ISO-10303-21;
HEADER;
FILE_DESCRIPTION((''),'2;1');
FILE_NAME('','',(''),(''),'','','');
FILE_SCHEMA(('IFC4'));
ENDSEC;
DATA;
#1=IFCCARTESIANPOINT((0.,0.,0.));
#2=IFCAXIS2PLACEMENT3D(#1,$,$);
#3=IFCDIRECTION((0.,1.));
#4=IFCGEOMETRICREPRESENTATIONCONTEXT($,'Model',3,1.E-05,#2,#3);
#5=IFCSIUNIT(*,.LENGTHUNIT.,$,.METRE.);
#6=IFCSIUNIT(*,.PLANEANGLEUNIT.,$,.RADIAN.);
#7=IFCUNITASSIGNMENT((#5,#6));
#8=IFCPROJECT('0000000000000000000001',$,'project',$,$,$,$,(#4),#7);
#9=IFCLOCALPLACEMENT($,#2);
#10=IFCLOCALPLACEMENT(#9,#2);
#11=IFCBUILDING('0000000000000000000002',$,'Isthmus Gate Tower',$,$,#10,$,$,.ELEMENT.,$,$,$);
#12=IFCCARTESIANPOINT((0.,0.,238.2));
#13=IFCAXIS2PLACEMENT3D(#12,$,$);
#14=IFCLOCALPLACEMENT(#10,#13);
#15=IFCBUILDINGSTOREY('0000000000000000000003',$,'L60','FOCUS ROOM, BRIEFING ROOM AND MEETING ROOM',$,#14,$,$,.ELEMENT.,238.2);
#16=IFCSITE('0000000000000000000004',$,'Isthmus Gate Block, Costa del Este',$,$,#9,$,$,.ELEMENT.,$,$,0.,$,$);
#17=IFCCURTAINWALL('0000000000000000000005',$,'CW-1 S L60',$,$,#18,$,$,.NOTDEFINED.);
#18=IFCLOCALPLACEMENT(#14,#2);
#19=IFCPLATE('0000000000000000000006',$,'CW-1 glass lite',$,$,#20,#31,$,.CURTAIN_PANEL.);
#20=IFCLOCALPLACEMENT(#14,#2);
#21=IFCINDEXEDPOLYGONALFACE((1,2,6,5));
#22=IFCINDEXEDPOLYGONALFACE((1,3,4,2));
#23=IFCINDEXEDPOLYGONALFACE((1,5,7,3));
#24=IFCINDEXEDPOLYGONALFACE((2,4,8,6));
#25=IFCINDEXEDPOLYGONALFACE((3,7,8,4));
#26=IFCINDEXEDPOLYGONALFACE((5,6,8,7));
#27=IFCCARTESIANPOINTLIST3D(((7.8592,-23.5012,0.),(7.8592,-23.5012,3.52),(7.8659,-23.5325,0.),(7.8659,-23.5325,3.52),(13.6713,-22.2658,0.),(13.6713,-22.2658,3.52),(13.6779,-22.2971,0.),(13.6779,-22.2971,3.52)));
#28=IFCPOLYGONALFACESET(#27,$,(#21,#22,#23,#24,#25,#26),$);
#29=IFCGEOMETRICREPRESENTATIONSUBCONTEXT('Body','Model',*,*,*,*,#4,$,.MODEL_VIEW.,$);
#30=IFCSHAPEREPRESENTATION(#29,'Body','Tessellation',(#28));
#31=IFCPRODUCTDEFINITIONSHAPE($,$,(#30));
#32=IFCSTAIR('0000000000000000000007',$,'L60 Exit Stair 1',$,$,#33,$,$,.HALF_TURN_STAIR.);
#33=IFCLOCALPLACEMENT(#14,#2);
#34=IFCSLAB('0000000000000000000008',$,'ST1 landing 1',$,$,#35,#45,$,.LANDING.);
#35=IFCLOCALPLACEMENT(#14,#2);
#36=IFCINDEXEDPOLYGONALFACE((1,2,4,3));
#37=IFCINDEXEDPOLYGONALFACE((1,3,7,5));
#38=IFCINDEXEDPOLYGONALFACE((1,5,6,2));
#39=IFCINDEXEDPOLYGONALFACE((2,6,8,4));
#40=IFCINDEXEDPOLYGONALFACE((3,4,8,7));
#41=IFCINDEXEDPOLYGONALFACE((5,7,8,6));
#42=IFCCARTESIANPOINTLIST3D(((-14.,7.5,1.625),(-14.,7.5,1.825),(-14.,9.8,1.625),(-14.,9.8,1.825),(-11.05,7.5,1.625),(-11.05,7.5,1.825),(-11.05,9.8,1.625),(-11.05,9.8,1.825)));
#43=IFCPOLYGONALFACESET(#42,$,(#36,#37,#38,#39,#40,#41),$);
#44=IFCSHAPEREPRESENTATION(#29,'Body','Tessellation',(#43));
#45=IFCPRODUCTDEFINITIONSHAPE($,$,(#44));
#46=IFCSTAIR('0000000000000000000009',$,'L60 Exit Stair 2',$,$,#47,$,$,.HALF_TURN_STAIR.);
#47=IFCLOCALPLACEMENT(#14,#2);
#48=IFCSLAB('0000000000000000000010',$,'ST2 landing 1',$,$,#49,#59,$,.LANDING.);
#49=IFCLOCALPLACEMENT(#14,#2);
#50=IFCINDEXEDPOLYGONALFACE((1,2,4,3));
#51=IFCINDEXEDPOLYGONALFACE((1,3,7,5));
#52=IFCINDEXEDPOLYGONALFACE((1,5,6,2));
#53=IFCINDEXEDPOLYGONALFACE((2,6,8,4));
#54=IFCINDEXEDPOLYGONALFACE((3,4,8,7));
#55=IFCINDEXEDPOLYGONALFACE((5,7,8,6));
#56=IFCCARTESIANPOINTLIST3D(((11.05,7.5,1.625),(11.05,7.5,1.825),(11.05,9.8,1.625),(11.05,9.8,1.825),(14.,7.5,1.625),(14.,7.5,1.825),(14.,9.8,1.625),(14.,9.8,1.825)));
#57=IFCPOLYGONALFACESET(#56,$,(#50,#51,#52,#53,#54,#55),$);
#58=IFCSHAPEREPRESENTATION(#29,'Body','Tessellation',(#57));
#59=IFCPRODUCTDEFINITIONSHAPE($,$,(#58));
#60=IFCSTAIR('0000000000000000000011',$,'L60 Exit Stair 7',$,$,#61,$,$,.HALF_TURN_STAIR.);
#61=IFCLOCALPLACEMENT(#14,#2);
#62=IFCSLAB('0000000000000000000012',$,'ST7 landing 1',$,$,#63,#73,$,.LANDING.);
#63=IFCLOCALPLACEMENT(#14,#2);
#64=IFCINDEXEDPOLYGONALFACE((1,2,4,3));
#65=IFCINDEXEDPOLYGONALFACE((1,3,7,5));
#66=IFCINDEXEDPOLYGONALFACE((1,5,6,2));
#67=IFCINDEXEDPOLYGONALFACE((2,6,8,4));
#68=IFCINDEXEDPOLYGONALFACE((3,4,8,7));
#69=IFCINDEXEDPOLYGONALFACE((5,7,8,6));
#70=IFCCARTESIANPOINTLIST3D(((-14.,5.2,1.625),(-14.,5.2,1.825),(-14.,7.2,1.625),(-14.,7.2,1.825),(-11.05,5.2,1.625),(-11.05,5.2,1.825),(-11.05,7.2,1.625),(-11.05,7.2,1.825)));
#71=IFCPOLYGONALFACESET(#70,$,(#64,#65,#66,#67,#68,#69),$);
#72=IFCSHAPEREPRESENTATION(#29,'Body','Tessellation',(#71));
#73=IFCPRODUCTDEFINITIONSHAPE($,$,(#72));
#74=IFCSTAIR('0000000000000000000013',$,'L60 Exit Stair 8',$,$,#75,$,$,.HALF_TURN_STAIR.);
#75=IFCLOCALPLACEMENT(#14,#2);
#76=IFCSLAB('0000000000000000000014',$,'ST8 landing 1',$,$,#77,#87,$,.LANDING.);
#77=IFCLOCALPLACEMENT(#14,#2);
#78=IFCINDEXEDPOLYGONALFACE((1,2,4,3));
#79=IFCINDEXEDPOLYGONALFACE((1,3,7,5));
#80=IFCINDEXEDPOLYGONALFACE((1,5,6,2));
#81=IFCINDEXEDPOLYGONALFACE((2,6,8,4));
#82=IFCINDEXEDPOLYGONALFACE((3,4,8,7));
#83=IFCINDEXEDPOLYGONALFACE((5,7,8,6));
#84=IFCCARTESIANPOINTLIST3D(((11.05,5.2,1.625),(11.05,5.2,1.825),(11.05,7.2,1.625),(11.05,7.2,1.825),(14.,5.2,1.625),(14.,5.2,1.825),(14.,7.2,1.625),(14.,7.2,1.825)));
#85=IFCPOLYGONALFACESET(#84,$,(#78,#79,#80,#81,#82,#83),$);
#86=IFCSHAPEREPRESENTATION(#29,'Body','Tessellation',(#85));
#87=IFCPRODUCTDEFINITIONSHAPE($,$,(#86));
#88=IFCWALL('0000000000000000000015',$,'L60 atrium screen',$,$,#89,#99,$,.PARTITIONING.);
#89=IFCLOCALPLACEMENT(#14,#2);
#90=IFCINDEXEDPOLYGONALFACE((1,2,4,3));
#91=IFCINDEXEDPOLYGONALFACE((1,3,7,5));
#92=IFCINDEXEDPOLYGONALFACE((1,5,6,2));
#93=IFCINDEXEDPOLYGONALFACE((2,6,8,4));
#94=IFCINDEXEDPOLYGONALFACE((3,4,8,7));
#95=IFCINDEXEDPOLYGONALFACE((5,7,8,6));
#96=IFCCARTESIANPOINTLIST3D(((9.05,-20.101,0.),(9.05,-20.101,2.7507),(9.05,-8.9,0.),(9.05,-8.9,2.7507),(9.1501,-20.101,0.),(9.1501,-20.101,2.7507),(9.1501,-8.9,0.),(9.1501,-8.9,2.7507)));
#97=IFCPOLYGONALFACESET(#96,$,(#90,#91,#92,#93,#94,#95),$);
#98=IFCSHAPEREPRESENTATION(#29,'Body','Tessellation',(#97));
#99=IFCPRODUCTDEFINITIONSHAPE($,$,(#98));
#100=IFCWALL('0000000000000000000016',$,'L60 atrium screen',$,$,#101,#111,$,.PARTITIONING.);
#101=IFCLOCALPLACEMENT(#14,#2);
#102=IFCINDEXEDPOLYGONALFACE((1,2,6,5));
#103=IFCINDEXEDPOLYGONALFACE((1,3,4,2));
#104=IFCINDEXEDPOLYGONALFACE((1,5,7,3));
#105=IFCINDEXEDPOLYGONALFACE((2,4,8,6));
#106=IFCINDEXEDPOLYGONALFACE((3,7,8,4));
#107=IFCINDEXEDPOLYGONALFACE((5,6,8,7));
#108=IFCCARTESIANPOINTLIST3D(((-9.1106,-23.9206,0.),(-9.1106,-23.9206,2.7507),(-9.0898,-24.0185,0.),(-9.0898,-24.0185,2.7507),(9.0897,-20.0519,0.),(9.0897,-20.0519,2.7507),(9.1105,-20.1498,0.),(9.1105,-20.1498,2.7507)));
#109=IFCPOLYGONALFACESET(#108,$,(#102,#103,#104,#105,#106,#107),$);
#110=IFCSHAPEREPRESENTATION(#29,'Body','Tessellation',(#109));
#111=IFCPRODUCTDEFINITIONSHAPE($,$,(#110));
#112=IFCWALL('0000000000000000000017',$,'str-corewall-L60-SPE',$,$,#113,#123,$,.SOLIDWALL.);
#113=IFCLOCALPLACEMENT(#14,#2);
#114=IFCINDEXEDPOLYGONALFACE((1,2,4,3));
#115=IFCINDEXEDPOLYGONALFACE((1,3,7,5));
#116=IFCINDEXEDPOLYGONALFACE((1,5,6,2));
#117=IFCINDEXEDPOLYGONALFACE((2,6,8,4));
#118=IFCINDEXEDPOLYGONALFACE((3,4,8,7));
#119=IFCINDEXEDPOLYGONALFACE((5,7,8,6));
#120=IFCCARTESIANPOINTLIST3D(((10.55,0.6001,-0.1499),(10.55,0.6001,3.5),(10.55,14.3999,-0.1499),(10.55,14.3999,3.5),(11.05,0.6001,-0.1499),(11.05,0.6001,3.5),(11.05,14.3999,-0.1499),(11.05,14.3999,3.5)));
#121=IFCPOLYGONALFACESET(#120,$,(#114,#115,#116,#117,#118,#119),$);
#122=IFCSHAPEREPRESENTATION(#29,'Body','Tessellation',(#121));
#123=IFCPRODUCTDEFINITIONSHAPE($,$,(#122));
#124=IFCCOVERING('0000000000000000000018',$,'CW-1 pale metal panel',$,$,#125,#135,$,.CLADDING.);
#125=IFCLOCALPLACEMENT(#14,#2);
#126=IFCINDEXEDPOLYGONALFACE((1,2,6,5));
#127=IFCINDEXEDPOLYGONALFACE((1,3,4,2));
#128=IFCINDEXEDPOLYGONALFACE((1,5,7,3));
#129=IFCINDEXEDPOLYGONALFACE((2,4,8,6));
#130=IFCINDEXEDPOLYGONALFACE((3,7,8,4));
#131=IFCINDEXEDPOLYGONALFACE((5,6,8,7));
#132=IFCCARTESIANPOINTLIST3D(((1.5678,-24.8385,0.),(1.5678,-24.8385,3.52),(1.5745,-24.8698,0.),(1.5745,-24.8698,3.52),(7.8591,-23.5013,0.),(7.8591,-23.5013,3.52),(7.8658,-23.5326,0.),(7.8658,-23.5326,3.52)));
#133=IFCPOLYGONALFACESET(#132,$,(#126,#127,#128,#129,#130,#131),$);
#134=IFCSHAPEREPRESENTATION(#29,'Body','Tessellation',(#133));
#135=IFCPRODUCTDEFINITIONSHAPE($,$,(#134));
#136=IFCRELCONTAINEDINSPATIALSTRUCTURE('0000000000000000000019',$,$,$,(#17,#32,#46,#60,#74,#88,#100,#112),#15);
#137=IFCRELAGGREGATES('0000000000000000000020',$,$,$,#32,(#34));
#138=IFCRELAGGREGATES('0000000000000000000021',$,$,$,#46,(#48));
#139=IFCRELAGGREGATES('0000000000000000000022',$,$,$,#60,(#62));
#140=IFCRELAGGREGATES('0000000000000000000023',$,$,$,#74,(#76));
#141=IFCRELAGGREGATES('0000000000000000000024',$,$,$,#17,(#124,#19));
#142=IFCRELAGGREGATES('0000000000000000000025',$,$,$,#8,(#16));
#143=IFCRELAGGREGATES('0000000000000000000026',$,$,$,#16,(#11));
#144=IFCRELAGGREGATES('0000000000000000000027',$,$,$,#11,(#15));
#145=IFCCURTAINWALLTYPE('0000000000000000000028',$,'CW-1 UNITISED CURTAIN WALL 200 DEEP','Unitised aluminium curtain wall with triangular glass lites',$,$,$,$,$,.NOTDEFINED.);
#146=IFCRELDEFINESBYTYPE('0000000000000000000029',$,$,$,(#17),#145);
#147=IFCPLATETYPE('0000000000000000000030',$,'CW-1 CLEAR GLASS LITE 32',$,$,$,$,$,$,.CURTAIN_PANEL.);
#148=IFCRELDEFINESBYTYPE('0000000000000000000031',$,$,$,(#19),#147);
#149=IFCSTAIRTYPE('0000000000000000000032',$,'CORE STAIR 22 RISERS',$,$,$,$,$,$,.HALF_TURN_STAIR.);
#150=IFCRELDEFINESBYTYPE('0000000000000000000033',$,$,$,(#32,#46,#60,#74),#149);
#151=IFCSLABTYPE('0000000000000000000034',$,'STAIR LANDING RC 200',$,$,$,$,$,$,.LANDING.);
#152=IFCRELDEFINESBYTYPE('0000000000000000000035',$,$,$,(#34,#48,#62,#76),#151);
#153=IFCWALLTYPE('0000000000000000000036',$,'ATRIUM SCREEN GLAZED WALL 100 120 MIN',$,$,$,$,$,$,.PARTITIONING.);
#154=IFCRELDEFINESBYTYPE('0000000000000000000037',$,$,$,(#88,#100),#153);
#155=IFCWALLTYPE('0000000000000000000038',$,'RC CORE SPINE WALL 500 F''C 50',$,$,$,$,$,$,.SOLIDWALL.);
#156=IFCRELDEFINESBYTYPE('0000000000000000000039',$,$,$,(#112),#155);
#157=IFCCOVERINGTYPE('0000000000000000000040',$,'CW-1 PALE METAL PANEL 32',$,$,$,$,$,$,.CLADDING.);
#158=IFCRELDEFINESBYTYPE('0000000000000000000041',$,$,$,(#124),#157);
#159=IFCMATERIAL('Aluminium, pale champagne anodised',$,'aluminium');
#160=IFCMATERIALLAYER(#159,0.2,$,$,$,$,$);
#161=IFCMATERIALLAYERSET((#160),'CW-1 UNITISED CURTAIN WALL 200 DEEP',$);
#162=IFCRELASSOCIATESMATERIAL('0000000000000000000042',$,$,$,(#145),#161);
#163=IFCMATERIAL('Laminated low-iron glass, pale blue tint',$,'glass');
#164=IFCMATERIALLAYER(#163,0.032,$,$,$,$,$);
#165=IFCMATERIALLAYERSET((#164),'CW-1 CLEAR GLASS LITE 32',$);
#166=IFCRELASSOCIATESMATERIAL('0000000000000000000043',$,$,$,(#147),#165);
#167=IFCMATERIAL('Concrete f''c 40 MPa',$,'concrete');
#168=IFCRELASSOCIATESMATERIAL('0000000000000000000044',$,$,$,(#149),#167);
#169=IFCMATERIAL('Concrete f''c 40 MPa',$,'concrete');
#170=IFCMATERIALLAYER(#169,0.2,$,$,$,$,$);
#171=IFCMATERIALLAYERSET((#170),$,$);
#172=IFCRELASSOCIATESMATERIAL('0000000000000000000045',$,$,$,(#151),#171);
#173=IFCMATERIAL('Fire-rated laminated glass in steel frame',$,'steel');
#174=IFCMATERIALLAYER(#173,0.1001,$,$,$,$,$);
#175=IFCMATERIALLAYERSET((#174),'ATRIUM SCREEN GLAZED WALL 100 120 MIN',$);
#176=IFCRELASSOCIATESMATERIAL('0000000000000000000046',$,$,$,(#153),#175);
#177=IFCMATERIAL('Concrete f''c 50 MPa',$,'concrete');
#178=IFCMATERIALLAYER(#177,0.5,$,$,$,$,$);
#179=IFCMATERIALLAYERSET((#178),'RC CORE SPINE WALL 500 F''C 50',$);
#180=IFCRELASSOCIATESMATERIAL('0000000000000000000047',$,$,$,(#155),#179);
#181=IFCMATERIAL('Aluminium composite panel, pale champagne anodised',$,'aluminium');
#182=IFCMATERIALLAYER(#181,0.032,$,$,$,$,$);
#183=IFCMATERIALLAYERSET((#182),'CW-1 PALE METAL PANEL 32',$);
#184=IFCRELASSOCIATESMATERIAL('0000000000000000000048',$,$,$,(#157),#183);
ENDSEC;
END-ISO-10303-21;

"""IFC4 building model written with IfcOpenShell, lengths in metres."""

from ifc_helpers import new_model, si_unit, direction, frame, frame_2d, origin, origin_2d, place, context, subcontext, project, spatial, polyline, rectangle, outline, extrude, material, layer, layer_set, type_object, element, aggregate, save


model = new_model("IFC4")

# Units and contexts
model_context = context("Model", 3, precision=1e-05, world=origin(), true_north=direction((0.0, 1.0)))
body_context = subcontext(model_context, "Body", "Model", "MODEL_VIEW")
ifc_project = project(units=[si_unit("LENGTHUNIT", "METRE"), si_unit("PLANEANGLEUNIT", "RADIAN")], contexts=[model_context])

# Site, building, storey
site_placement = place(None, origin())
site = spatial("IfcSite", under=ifc_project, at=site_placement, Name="Isthmus Gate Block, Costa del Este", CompositionType="ELEMENT", RefElevation=0.0)
building_placement = place(site_placement, origin())
building = spatial("IfcBuilding", under=site, at=building_placement, Name="Isthmus Gate Tower", CompositionType="ELEMENT")
storey_placement = place(building_placement, frame((0.0, 0.0, 238.2)))
storey = spatial("IfcBuildingStorey", under=building, at=storey_placement, Name="L60", Description="FOCUS ROOM, BRIEFING ROOM AND MEETING ROOM", CompositionType="ELEMENT", Elevation=238.2)

# Curtain wall
ifc_material_1 = material(Name="Aluminium, pale champagne anodised", Category="aluminium")
ifc_layer_1 = layer(ifc_material_1, 0.2)
ifc_layer_set_1 = layer_set([ifc_layer_1], Name="CW-1 UNITISED CURTAIN WALL 200 DEEP")
curtain_wall_type = type_object("IfcCurtainWallType", Name="CW-1 UNITISED CURTAIN WALL 200 DEEP", Description="Unitised aluminium curtain wall with triangular glass lites", PredefinedType="NOTDEFINED", material=ifc_layer_set_1)
curtain_wall_placement = place(storey_placement, origin())
curtain_wall = element("IfcCurtainWall", 1, at=curtain_wall_placement, inside=storey, type_object=curtain_wall_type, Name="CW-1 S L60", PredefinedType="NOTDEFINED")

# Plate
ifc_material_2 = material(Name="Laminated low-iron glass, pale blue tint", Category="glass")
ifc_layer_2 = layer(ifc_material_2, 0.032)
ifc_layer_set_2 = layer_set([ifc_layer_2], Name="CW-1 CLEAR GLASS LITE 32")
plate_type = type_object("IfcPlateType", Name="CW-1 CLEAR GLASS LITE 32", PredefinedType="CURTAIN_PANEL", material=ifc_layer_set_2)
plate_placement = place(storey_placement, frame((10.7686, -22.8992, 0.0), z_axis=(0.0, 0.0, 1.0), x_axis=(0.978148, 0.207912, 0.0)))
plate = element("IfcPlate", 2, at=plate_placement, type_object=plate_type, Name="CW-1 glass lite", PredefinedType="CURTAIN_PANEL", context=body_context, shape_type="SweptSolid", body=[
    extrude(rectangle(XDim=5.9419, YDim=0.032, at=origin_2d()), origin(), (0.0, 0.0, 1.0), 3.52),
])

# Stairs, slabs
ifc_material_3 = material(Name="Concrete f'c 40 MPa", Category="concrete")
stair_type = type_object("IfcStairType", Name="CORE STAIR 22 RISERS", PredefinedType="HALF_TURN_STAIR", material=ifc_material_3)
stair_1_placement = place(storey_placement, origin())
stair_1 = element("IfcStair", 3, at=stair_1_placement, inside=storey, type_object=stair_type, Name="L60 Exit Stair 1", PredefinedType="HALF_TURN_STAIR")
ifc_material_4 = material(Name="Concrete f'c 40 MPa", Category="concrete")
ifc_layer_3 = layer(ifc_material_4, 0.2)
ifc_layer_set_3 = layer_set([ifc_layer_3])
slab_type_1 = type_object("IfcSlabType", Name="STAIR LANDING RC 200", PredefinedType="LANDING", material=ifc_layer_set_3)
slab_1_placement = place(storey_placement, frame((0.0, 0.0, 1.625)))
slab_1 = element("IfcSlab", 4, at=slab_1_placement, type_object=slab_type_1, Name="ST1 landing 1", PredefinedType="LANDING", context=body_context, shape_type="SweptSolid", body=[
    extrude(outline(polyline([(-14.0, 9.8), (-14.0, 7.5), (-11.05, 7.5), (-11.05, 9.8), (-14.0, 9.8)])), origin(), (0.0, 0.0, 1.0), 0.2),
])
aggregate(stair_1, [slab_1])
stair_2_placement = place(storey_placement, origin())
stair_2 = element("IfcStair", 5, at=stair_2_placement, inside=storey, type_object=stair_type, Name="L60 Exit Stair 2", PredefinedType="HALF_TURN_STAIR")
slab_2_placement = place(storey_placement, frame((0.0, 0.0, 1.625)))
slab_2 = element("IfcSlab", 6, at=slab_2_placement, type_object=slab_type_1, Name="ST2 landing 1", PredefinedType="LANDING", context=body_context, shape_type="SweptSolid", body=[
    extrude(outline(polyline([(11.05, 9.8), (11.05, 7.5), (14.0, 7.5), (14.0, 9.8), (11.05, 9.8)])), origin(), (0.0, 0.0, 1.0), 0.2),
])
aggregate(stair_2, [slab_2])
stair_3_placement = place(storey_placement, origin())
stair_3 = element("IfcStair", 7, at=stair_3_placement, inside=storey, type_object=stair_type, Name="L60 Exit Stair 7", PredefinedType="HALF_TURN_STAIR")
slab_3_placement = place(storey_placement, frame((0.0, 0.0, 1.625)))
slab_3 = element("IfcSlab", 8, at=slab_3_placement, type_object=slab_type_1, Name="ST7 landing 1", PredefinedType="LANDING", context=body_context, shape_type="SweptSolid", body=[
    extrude(outline(polyline([(-11.05, 5.2), (-11.05, 7.2), (-14.0, 7.2), (-14.0, 5.2), (-11.05, 5.2)])), origin(), (0.0, 0.0, 1.0), 0.2),
])
aggregate(stair_3, [slab_3])
stair_4_placement = place(storey_placement, origin())
stair_4 = element("IfcStair", 9, at=stair_4_placement, inside=storey, type_object=stair_type, Name="L60 Exit Stair 8", PredefinedType="HALF_TURN_STAIR")
slab_4_placement = place(storey_placement, frame((0.0, 0.0, 1.625)))
slab_4 = element("IfcSlab", 10, at=slab_4_placement, type_object=slab_type_1, Name="ST8 landing 1", PredefinedType="LANDING", context=body_context, shape_type="SweptSolid", body=[
    extrude(outline(polyline([(14.0, 5.2), (14.0, 7.2), (11.05, 7.2), (11.05, 5.2), (14.0, 5.2)])), origin(), (0.0, 0.0, 1.0), 0.2),
])
aggregate(stair_4, [slab_4])

# Walls
ifc_material_5 = material(Name="Fire-rated laminated glass in steel frame", Category="steel")
ifc_layer_4 = layer(ifc_material_5, 0.1001)
ifc_layer_set_4 = layer_set([ifc_layer_4], Name="ATRIUM SCREEN GLAZED WALL 100 120 MIN")
wall_type_1 = type_object("IfcWallType", Name="ATRIUM SCREEN GLAZED WALL 100 120 MIN", PredefinedType="PARTITIONING", material=ifc_layer_set_4)
wall_1_placement = place(storey_placement, frame((9.1001, -8.8999, 0.0), z_axis=(0.0, 0.0, 1.0), x_axis=(0.0, -1.0, 0.0)))
element("IfcWall", 11, at=wall_1_placement, inside=storey, type_object=wall_type_1, Name="L60 atrium screen", PredefinedType="PARTITIONING", context=body_context, shape_type="SweptSolid", body=[
    extrude(rectangle(XDim=11.2009, YDim=0.1001, at=frame_2d((5.6006, 0.0))), origin(), (0.0, 0.0, 1.0), 2.7507),
])
wall_2_placement = place(storey_placement, frame((9.1001, -20.1008, 0.0), z_axis=(0.0, 0.0, 1.0), x_axis=(-0.978147, -0.207916, 0.0)))
element("IfcWall", 12, at=wall_2_placement, inside=storey, type_object=wall_type_1, Name="L60 atrium screen", PredefinedType="PARTITIONING", context=body_context, shape_type="SweptSolid", body=[
    extrude(rectangle(XDim=18.6069, YDim=0.1001, at=frame_2d((9.3035, 0.0))), origin(), (0.0, 0.0, 1.0), 2.7507),
])
ifc_material_6 = material(Name="Concrete f'c 50 MPa", Category="concrete")
ifc_layer_5 = layer(ifc_material_6, 0.5)
ifc_layer_set_5 = layer_set([ifc_layer_5], Name="RC CORE SPINE WALL 500 F'C 50")
wall_type_2 = type_object("IfcWallType", Name="RC CORE SPINE WALL 500 F'C 50", PredefinedType="SOLIDWALL", material=ifc_layer_set_5)
wall_3_placement = place(storey_placement, frame((10.8, 0.6001, -0.1499), z_axis=(0.0, 0.0, 1.0), x_axis=(0.0, 1.0, 0.0)))
element("IfcWall", 13, at=wall_3_placement, inside=storey, type_object=wall_type_2, Name="str-corewall-L60-SPE", PredefinedType="SOLIDWALL", context=body_context, shape_type="SweptSolid", body=[
    extrude(rectangle(XDim=13.7998, YDim=0.5, at=frame_2d((6.8999, 0.0))), origin(), (0.0, 0.0, 1.0), 3.6499),
])

# Covering
ifc_material_7 = material(Name="Aluminium composite panel, pale champagne anodised", Category="aluminium")
ifc_layer_6 = layer(ifc_material_7, 0.032)
ifc_layer_set_6 = layer_set([ifc_layer_6], Name="CW-1 PALE METAL PANEL 32")
covering_type = type_object("IfcCoveringType", Name="CW-1 PALE METAL PANEL 32", PredefinedType="CLADDING", material=ifc_layer_set_6)
covering_placement = place(storey_placement, frame((4.7168, -24.1855, 0.0), z_axis=(0.0, 0.0, 1.0), x_axis=(0.978148, 0.207912, 0.0)))
covering = element("IfcCovering", 14, at=covering_placement, type_object=covering_type, Name="CW-1 pale metal panel", PredefinedType="CLADDING", context=body_context, shape_type="SweptSolid", body=[
    extrude(rectangle(XDim=6.4319, YDim=0.032, at=origin_2d()), origin(), (0.0, 0.0, 1.0), 3.52),
])
aggregate(curtain_wall, [covering, plate])

save(model, "model.ifc")
